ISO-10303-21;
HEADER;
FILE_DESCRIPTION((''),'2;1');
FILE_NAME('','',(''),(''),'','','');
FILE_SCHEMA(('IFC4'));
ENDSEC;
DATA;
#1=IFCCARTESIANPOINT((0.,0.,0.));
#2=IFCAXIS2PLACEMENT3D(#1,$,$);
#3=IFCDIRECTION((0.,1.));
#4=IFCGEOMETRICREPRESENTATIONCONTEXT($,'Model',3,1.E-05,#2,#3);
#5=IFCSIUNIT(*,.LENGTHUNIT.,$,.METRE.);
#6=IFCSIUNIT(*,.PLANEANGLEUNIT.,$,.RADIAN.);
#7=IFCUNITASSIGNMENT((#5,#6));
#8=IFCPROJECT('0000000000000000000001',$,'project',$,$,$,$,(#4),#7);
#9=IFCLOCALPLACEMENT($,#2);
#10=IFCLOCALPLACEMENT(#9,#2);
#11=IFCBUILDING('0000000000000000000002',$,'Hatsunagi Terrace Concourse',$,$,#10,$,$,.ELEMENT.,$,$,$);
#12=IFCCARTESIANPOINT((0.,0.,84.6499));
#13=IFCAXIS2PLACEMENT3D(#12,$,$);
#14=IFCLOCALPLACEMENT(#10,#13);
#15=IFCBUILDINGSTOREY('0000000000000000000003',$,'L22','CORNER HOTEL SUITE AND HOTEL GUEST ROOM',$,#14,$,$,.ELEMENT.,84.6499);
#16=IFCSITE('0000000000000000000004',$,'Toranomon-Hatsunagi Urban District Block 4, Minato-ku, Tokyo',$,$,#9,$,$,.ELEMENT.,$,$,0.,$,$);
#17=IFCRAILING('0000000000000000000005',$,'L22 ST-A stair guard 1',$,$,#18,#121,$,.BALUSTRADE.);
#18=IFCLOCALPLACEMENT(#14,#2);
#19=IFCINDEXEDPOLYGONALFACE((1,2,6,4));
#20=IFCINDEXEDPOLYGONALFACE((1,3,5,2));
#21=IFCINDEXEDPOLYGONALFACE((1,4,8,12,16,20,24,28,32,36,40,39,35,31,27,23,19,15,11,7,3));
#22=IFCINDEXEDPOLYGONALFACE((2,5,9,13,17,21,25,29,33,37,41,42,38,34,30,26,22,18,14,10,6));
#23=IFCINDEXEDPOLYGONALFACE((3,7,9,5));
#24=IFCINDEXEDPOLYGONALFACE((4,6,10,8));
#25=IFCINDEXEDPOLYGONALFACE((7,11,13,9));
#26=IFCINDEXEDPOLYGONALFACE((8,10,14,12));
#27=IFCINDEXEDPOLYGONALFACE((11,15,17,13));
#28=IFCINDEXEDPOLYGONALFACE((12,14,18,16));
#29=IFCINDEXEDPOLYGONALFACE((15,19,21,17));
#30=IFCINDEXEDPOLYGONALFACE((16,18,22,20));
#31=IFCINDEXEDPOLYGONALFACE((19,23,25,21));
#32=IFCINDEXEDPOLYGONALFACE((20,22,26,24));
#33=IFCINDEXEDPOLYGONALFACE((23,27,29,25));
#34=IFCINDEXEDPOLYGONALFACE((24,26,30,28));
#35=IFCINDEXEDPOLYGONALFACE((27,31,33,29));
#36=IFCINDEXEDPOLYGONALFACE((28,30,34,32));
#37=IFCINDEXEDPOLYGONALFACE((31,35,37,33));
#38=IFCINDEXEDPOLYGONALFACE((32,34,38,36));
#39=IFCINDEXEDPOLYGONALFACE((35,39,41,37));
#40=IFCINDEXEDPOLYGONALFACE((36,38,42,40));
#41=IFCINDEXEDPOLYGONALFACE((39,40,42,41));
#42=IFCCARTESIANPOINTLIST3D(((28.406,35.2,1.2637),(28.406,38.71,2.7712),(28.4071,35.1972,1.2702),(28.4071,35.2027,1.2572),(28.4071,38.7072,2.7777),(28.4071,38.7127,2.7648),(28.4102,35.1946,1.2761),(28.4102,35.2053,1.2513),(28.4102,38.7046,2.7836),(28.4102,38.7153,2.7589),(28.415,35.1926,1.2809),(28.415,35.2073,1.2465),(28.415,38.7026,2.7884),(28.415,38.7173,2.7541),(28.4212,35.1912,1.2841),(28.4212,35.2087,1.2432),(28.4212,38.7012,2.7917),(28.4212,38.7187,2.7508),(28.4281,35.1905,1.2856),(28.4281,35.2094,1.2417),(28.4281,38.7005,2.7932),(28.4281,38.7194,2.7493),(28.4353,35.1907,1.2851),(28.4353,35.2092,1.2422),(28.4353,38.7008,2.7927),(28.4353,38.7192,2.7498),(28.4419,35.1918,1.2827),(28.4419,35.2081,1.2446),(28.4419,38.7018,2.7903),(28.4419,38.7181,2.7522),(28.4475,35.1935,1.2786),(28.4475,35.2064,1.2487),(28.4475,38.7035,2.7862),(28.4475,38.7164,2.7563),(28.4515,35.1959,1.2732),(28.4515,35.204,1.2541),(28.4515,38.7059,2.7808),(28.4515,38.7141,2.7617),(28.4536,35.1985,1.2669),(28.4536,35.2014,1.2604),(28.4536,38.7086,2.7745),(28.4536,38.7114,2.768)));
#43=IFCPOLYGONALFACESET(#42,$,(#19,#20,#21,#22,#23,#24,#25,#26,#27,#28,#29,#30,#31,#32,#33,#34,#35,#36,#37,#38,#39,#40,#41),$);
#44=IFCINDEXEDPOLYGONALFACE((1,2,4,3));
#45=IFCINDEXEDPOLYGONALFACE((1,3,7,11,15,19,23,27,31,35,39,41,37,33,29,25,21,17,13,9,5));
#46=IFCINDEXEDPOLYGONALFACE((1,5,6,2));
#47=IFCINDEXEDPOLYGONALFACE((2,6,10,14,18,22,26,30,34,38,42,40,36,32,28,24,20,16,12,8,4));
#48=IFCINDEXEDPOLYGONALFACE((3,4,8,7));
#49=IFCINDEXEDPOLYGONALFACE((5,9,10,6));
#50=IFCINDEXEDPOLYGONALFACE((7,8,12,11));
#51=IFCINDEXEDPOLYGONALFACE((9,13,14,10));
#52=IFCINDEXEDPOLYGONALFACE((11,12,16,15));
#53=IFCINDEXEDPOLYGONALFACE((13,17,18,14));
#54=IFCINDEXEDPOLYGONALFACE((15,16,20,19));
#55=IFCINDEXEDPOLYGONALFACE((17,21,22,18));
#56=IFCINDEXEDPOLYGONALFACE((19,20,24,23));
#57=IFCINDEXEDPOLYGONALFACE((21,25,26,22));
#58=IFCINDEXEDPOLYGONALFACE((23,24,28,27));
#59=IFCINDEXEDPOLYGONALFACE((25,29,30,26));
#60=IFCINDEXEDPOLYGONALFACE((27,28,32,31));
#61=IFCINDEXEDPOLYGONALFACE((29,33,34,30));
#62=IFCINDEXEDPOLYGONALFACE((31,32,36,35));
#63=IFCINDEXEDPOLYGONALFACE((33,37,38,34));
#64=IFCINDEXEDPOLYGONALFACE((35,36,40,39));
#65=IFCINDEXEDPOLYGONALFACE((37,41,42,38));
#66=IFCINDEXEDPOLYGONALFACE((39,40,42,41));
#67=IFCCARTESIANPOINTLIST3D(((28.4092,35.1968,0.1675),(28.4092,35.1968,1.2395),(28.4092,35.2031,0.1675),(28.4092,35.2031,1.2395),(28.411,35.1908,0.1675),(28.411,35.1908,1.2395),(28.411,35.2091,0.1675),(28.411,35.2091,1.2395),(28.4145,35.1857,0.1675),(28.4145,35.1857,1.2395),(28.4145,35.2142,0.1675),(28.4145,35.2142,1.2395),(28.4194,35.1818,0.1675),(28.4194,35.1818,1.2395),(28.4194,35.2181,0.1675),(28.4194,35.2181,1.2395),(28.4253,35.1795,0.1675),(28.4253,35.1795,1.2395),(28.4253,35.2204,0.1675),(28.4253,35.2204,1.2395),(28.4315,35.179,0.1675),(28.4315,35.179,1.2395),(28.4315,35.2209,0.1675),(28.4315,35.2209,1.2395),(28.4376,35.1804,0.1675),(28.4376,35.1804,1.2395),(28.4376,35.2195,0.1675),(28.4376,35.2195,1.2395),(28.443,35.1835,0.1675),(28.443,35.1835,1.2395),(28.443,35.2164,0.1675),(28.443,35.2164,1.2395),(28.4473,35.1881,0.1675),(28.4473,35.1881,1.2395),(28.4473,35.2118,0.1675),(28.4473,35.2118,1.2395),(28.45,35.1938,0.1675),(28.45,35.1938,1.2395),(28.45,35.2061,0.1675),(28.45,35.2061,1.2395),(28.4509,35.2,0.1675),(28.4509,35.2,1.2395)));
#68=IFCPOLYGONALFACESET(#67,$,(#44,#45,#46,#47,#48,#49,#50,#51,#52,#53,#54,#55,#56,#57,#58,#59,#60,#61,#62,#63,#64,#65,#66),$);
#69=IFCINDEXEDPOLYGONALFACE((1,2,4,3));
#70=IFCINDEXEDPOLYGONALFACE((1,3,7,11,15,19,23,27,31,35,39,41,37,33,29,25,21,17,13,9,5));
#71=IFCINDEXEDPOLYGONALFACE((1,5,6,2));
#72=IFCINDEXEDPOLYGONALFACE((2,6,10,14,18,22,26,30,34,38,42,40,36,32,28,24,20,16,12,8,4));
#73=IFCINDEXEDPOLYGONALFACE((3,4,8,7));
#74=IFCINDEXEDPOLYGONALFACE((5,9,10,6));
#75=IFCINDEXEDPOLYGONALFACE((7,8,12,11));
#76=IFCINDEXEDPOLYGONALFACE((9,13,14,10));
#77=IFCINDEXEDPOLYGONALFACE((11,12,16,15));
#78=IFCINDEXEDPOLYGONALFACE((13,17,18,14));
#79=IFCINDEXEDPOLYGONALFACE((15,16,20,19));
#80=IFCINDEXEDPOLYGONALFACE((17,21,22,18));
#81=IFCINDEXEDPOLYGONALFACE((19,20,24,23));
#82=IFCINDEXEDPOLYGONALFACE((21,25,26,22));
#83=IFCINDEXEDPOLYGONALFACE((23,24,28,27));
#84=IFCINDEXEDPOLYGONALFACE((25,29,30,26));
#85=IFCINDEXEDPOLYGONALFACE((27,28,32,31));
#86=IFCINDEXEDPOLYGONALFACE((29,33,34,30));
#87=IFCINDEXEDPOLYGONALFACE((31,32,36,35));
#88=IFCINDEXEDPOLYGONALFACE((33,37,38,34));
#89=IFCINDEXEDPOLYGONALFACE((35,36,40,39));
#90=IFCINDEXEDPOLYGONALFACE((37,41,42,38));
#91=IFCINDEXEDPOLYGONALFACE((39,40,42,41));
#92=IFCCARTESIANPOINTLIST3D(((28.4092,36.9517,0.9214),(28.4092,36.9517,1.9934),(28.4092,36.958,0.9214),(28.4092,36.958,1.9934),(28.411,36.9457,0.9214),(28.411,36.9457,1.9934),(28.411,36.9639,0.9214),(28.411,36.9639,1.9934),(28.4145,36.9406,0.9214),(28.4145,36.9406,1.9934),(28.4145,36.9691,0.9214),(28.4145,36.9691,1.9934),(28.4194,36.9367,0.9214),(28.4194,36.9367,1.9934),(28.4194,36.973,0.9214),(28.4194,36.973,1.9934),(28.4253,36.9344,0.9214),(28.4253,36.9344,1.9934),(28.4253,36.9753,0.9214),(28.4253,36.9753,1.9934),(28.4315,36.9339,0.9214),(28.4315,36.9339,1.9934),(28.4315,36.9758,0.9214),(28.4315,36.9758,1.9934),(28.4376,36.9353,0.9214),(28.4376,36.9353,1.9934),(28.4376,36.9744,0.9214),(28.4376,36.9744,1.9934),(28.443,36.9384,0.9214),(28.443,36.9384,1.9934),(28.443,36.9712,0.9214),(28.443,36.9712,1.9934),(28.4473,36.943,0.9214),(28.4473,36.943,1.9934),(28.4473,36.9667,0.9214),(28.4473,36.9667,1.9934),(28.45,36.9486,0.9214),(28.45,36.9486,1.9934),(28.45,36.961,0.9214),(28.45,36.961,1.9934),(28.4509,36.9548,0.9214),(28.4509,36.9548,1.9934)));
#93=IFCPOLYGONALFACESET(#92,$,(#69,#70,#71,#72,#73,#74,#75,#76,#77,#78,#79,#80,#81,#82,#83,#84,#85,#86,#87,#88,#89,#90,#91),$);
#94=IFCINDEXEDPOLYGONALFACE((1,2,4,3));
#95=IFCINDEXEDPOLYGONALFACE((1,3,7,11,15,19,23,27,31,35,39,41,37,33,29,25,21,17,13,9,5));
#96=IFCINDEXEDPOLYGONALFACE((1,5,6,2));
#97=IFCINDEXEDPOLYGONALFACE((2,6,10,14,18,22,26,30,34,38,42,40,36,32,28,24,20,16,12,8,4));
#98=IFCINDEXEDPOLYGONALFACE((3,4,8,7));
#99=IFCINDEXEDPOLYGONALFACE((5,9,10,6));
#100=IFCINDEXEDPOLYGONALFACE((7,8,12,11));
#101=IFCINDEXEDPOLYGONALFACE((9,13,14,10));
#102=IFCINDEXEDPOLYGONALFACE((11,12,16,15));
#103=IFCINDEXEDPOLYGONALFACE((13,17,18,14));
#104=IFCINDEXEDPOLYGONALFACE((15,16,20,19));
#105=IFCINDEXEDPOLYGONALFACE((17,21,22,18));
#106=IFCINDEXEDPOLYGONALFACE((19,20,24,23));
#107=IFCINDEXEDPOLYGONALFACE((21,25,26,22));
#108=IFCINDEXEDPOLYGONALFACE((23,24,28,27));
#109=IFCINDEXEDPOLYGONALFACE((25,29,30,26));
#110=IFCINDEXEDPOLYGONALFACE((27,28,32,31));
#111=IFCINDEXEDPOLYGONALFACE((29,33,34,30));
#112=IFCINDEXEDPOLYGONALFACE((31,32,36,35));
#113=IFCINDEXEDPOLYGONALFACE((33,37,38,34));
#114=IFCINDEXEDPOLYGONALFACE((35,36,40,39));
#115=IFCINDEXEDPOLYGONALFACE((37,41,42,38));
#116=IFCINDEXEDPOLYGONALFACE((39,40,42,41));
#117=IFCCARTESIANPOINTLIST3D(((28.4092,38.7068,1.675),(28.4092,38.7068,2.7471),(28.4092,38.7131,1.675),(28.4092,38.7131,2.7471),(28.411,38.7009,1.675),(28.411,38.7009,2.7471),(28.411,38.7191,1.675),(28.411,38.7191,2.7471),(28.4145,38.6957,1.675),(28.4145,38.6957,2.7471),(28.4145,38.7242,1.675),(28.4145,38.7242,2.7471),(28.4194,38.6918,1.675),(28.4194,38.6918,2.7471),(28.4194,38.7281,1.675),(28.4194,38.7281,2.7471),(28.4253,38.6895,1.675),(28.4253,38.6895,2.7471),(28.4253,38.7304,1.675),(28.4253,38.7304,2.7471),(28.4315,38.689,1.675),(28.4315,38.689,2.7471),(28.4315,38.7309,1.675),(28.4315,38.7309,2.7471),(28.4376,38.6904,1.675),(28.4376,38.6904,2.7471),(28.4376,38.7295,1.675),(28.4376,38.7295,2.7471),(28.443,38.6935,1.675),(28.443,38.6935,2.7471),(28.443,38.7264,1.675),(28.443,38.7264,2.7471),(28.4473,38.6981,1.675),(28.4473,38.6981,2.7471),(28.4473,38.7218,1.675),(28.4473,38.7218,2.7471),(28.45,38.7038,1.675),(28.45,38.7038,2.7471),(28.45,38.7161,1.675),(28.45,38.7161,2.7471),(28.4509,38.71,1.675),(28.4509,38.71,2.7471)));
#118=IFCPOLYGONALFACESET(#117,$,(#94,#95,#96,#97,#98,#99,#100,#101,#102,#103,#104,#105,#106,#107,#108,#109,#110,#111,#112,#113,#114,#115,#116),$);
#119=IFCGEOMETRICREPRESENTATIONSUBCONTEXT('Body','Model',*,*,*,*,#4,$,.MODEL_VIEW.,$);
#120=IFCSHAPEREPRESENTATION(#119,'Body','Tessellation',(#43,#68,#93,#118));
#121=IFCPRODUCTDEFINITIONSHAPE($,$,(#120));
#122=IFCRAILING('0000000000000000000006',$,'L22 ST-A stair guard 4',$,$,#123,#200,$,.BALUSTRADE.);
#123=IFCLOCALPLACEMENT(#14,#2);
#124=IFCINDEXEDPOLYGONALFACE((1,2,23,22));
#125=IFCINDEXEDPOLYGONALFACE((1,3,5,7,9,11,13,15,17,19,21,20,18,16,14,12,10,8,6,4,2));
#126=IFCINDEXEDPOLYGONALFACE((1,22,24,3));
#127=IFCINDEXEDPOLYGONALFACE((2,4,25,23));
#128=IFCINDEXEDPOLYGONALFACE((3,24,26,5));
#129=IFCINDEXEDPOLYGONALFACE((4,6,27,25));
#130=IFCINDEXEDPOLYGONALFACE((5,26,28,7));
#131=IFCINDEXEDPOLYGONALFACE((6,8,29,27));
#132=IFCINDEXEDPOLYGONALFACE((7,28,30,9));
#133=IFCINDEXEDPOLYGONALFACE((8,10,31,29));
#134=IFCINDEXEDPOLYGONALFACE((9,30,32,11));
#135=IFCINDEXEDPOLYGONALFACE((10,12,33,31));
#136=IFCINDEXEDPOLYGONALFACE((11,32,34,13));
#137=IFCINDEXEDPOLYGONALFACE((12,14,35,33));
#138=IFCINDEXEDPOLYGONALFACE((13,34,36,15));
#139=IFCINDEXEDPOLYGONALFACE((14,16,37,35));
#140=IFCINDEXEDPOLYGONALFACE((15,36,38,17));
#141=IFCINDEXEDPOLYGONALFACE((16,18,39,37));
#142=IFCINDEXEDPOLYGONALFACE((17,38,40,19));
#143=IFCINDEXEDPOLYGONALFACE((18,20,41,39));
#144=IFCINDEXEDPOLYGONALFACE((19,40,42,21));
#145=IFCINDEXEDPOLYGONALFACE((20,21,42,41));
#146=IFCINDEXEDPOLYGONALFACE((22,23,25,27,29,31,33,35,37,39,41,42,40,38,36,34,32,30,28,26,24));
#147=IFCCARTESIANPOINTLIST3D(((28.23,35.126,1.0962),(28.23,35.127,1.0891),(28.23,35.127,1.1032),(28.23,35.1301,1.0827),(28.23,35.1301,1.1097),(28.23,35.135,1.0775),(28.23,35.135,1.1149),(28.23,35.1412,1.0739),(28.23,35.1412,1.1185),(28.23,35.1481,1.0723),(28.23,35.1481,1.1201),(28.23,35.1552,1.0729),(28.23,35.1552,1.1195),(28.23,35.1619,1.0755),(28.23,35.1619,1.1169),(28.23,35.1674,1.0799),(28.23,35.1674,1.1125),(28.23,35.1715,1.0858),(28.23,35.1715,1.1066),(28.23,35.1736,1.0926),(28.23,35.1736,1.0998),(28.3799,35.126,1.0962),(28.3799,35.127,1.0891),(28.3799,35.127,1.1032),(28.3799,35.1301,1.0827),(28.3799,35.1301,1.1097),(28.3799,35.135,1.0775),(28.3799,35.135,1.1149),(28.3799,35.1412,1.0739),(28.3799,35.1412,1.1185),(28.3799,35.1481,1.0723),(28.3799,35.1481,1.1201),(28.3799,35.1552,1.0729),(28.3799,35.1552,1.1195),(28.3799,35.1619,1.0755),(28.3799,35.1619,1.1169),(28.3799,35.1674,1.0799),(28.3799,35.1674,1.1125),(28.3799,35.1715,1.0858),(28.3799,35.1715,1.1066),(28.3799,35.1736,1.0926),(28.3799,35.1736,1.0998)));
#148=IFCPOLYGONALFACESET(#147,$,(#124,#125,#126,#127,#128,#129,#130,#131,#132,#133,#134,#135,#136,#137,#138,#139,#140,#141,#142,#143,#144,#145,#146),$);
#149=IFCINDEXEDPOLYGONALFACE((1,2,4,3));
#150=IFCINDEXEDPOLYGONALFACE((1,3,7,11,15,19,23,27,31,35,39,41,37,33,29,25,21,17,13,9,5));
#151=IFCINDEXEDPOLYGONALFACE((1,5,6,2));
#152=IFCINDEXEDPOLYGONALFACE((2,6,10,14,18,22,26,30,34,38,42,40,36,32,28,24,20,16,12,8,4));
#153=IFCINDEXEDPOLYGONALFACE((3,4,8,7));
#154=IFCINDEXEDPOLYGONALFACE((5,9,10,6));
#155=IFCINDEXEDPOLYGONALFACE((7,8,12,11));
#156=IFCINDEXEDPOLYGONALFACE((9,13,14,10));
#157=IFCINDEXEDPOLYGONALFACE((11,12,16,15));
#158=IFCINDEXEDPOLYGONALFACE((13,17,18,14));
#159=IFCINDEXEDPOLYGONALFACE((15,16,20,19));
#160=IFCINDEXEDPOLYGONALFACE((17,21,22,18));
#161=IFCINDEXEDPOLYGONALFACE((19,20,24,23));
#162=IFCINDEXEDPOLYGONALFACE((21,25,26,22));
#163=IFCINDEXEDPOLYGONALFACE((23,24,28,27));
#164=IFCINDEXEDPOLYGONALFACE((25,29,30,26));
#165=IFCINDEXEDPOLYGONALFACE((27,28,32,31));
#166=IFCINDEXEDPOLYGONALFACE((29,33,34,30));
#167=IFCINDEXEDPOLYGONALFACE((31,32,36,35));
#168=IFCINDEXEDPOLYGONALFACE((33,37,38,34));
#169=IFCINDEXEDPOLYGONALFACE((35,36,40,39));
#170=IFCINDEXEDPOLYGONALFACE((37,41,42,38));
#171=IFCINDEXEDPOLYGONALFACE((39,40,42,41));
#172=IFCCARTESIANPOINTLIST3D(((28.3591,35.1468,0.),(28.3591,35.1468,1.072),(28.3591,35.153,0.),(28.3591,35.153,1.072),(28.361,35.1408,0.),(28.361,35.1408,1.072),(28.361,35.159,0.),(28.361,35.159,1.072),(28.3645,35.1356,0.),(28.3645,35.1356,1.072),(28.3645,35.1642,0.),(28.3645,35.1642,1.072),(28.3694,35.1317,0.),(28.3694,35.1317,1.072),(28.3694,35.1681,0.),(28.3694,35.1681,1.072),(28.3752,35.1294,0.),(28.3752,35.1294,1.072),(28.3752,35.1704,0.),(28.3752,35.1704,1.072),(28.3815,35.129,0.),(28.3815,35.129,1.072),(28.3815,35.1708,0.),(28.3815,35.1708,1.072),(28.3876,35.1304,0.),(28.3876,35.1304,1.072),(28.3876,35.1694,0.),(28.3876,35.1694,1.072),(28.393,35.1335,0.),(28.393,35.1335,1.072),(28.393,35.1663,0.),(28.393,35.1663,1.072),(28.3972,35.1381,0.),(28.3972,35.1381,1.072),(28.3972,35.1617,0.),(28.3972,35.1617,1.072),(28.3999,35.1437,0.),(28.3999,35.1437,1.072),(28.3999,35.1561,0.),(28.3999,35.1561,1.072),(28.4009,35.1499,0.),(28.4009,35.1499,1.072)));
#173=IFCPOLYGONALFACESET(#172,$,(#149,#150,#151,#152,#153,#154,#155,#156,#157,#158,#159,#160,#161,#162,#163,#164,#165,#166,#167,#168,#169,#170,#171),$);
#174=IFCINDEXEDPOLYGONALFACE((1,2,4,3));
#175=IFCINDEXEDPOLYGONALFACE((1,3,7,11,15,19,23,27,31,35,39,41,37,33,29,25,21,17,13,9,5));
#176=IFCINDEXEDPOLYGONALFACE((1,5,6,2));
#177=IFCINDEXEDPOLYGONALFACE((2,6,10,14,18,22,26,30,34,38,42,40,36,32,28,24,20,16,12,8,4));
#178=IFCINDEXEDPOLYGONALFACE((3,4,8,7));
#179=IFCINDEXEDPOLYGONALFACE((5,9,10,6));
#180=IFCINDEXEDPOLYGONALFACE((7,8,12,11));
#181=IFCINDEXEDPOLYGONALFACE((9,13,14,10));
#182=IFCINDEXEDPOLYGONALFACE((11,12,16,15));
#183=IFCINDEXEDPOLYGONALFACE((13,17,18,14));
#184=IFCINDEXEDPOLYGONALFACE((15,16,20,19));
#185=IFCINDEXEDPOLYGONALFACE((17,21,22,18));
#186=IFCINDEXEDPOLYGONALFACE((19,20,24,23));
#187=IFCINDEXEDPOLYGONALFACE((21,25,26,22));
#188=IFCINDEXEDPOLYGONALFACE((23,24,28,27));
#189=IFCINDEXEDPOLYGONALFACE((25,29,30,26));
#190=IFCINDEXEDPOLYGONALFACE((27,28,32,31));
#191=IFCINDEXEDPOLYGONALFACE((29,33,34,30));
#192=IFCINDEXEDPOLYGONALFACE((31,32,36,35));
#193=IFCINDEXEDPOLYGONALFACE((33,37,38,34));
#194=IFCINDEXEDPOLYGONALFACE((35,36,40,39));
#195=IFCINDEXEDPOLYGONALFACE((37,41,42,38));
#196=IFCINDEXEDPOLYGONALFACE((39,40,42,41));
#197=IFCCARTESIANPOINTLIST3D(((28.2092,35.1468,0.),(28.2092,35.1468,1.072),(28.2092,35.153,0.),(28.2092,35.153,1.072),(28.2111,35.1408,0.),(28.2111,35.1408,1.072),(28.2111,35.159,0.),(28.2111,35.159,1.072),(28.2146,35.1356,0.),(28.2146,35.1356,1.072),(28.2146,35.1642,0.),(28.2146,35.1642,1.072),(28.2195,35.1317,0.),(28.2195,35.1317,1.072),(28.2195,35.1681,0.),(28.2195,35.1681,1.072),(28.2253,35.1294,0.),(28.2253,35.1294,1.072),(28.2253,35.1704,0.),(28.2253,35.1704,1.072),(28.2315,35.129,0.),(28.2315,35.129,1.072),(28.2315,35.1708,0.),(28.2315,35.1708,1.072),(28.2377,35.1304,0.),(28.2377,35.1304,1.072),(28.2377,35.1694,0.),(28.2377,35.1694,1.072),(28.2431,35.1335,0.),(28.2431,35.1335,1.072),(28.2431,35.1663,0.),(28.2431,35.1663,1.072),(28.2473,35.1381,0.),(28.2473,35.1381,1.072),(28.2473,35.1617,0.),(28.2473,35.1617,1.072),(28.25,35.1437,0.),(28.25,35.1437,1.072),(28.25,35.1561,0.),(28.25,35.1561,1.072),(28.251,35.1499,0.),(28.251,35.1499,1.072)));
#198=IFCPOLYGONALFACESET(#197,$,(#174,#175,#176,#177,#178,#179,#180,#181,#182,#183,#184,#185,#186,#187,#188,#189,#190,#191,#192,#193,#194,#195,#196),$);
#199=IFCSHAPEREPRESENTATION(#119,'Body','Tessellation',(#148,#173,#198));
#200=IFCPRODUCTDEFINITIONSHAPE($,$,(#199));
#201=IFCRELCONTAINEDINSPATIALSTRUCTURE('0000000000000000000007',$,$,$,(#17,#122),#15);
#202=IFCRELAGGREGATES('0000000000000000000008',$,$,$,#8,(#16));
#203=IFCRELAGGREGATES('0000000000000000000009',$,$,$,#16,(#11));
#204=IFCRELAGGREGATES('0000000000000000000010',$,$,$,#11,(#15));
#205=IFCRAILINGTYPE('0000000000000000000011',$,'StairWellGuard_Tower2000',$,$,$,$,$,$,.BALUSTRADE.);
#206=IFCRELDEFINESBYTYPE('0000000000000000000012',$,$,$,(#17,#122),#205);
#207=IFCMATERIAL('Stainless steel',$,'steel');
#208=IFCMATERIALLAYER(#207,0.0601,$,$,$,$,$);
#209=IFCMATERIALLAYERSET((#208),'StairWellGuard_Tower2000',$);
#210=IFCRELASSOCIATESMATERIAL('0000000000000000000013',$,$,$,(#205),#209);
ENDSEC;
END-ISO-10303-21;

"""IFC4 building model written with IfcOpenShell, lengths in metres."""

from ifc_helpers import new_model, si_unit, direction, frame, origin, origin_2d, place, context, subcontext, project, spatial, circle, extrude, material, layer, layer_set, type_object, element, save


model = new_model("IFC4")

# Units and contexts
model_context = context("Model", 3, precision=1e-05, world=origin(), true_north=direction((0.0, 1.0)))
body_context = subcontext(model_context, "Body", "Model", "MODEL_VIEW")
ifc_project = project(units=[si_unit("LENGTHUNIT", "METRE"), si_unit("PLANEANGLEUNIT", "RADIAN")], contexts=[model_context])

# Site, building, storey
site_placement = place(None, origin())
site = spatial("IfcSite", under=ifc_project, at=site_placement, Name="Toranomon-Hatsunagi Urban District Block 4, Minato-ku, Tokyo", CompositionType="ELEMENT", RefElevation=0.0)
building_placement = place(site_placement, origin())
building = spatial("IfcBuilding", under=site, at=building_placement, Name="Hatsunagi Terrace Concourse", CompositionType="ELEMENT")
storey_placement = place(building_placement, frame((0.0, 0.0, 84.6499)))
storey = spatial("IfcBuildingStorey", under=building, at=storey_placement, Name="L22", Description="CORNER HOTEL SUITE AND HOTEL GUEST ROOM", CompositionType="ELEMENT", Elevation=84.6499)

# Railings
ifc_material_1 = material(Name="Stainless steel", Category="steel")
ifc_layer_1 = layer(ifc_material_1, 0.0601)
ifc_layer_set_1 = layer_set([ifc_layer_1], Name="StairWellGuard_Tower2000")
railing_type_1 = type_object("IfcRailingType", Name="StairWellGuard_Tower2000", PredefinedType="BALUSTRADE", material=ifc_layer_set_1)
railing_1_placement = place(storey_placement, frame((28.4299, 35.2, 0.1675)))
element("IfcRailing", 1, at=railing_1_placement, inside=storey, type_object=railing_type_1, Name="L22 ST-A stair guard 1", PredefinedType="BALUSTRADE", context=body_context, shape_type="SweptSolid", body=[
    extrude(circle(Radius=0.0239, at=origin_2d()), frame((0.0, 0.0, 1.0962), z_axis=(0.0, 0.918834, 0.394644), x_axis=(-1.0, 0.0, 0.0)), (0.0, 0.0, 1.0), 3.8201),
    extrude(circle(Radius=0.021, at=origin_2d()), origin(), (0.0, 0.0, 1.0), 1.072),
    extrude(circle(Radius=0.021, at=origin_2d()), frame((0.0, 1.7549, 0.7539)), (0.0, 0.0, 1.0), 1.072),
    extrude(circle(Radius=0.021, at=origin_2d()), frame((0.0, 3.51, 1.5076)), (0.0, 0.0, 1.0), 1.072),
])
railing_2_placement = place(storey_placement, frame((28.3799, 35.1499, 0.0)))
element("IfcRailing", 2, at=railing_2_placement, inside=storey, type_object=railing_type_1, Name="L22 ST-A stair guard 4", PredefinedType="BALUSTRADE", context=body_context, shape_type="SweptSolid", body=[
    extrude(circle(Radius=0.0239, at=origin_2d()), frame((0.0, 0.0, 1.0962), z_axis=(-1.0, 0.0, 0.0), x_axis=(0.0, -1.0, 0.0)), (0.0, 0.0, 1.0), 0.1499),
    extrude(circle(Radius=0.021, at=origin_2d()), origin(), (0.0, 0.0, 1.0), 1.072),
    extrude(circle(Radius=0.021, at=origin_2d()), frame((-0.1499, 0.0, 0.0)), (0.0, 0.0, 1.0), 1.072),
])

save(model, "model.ifc")
